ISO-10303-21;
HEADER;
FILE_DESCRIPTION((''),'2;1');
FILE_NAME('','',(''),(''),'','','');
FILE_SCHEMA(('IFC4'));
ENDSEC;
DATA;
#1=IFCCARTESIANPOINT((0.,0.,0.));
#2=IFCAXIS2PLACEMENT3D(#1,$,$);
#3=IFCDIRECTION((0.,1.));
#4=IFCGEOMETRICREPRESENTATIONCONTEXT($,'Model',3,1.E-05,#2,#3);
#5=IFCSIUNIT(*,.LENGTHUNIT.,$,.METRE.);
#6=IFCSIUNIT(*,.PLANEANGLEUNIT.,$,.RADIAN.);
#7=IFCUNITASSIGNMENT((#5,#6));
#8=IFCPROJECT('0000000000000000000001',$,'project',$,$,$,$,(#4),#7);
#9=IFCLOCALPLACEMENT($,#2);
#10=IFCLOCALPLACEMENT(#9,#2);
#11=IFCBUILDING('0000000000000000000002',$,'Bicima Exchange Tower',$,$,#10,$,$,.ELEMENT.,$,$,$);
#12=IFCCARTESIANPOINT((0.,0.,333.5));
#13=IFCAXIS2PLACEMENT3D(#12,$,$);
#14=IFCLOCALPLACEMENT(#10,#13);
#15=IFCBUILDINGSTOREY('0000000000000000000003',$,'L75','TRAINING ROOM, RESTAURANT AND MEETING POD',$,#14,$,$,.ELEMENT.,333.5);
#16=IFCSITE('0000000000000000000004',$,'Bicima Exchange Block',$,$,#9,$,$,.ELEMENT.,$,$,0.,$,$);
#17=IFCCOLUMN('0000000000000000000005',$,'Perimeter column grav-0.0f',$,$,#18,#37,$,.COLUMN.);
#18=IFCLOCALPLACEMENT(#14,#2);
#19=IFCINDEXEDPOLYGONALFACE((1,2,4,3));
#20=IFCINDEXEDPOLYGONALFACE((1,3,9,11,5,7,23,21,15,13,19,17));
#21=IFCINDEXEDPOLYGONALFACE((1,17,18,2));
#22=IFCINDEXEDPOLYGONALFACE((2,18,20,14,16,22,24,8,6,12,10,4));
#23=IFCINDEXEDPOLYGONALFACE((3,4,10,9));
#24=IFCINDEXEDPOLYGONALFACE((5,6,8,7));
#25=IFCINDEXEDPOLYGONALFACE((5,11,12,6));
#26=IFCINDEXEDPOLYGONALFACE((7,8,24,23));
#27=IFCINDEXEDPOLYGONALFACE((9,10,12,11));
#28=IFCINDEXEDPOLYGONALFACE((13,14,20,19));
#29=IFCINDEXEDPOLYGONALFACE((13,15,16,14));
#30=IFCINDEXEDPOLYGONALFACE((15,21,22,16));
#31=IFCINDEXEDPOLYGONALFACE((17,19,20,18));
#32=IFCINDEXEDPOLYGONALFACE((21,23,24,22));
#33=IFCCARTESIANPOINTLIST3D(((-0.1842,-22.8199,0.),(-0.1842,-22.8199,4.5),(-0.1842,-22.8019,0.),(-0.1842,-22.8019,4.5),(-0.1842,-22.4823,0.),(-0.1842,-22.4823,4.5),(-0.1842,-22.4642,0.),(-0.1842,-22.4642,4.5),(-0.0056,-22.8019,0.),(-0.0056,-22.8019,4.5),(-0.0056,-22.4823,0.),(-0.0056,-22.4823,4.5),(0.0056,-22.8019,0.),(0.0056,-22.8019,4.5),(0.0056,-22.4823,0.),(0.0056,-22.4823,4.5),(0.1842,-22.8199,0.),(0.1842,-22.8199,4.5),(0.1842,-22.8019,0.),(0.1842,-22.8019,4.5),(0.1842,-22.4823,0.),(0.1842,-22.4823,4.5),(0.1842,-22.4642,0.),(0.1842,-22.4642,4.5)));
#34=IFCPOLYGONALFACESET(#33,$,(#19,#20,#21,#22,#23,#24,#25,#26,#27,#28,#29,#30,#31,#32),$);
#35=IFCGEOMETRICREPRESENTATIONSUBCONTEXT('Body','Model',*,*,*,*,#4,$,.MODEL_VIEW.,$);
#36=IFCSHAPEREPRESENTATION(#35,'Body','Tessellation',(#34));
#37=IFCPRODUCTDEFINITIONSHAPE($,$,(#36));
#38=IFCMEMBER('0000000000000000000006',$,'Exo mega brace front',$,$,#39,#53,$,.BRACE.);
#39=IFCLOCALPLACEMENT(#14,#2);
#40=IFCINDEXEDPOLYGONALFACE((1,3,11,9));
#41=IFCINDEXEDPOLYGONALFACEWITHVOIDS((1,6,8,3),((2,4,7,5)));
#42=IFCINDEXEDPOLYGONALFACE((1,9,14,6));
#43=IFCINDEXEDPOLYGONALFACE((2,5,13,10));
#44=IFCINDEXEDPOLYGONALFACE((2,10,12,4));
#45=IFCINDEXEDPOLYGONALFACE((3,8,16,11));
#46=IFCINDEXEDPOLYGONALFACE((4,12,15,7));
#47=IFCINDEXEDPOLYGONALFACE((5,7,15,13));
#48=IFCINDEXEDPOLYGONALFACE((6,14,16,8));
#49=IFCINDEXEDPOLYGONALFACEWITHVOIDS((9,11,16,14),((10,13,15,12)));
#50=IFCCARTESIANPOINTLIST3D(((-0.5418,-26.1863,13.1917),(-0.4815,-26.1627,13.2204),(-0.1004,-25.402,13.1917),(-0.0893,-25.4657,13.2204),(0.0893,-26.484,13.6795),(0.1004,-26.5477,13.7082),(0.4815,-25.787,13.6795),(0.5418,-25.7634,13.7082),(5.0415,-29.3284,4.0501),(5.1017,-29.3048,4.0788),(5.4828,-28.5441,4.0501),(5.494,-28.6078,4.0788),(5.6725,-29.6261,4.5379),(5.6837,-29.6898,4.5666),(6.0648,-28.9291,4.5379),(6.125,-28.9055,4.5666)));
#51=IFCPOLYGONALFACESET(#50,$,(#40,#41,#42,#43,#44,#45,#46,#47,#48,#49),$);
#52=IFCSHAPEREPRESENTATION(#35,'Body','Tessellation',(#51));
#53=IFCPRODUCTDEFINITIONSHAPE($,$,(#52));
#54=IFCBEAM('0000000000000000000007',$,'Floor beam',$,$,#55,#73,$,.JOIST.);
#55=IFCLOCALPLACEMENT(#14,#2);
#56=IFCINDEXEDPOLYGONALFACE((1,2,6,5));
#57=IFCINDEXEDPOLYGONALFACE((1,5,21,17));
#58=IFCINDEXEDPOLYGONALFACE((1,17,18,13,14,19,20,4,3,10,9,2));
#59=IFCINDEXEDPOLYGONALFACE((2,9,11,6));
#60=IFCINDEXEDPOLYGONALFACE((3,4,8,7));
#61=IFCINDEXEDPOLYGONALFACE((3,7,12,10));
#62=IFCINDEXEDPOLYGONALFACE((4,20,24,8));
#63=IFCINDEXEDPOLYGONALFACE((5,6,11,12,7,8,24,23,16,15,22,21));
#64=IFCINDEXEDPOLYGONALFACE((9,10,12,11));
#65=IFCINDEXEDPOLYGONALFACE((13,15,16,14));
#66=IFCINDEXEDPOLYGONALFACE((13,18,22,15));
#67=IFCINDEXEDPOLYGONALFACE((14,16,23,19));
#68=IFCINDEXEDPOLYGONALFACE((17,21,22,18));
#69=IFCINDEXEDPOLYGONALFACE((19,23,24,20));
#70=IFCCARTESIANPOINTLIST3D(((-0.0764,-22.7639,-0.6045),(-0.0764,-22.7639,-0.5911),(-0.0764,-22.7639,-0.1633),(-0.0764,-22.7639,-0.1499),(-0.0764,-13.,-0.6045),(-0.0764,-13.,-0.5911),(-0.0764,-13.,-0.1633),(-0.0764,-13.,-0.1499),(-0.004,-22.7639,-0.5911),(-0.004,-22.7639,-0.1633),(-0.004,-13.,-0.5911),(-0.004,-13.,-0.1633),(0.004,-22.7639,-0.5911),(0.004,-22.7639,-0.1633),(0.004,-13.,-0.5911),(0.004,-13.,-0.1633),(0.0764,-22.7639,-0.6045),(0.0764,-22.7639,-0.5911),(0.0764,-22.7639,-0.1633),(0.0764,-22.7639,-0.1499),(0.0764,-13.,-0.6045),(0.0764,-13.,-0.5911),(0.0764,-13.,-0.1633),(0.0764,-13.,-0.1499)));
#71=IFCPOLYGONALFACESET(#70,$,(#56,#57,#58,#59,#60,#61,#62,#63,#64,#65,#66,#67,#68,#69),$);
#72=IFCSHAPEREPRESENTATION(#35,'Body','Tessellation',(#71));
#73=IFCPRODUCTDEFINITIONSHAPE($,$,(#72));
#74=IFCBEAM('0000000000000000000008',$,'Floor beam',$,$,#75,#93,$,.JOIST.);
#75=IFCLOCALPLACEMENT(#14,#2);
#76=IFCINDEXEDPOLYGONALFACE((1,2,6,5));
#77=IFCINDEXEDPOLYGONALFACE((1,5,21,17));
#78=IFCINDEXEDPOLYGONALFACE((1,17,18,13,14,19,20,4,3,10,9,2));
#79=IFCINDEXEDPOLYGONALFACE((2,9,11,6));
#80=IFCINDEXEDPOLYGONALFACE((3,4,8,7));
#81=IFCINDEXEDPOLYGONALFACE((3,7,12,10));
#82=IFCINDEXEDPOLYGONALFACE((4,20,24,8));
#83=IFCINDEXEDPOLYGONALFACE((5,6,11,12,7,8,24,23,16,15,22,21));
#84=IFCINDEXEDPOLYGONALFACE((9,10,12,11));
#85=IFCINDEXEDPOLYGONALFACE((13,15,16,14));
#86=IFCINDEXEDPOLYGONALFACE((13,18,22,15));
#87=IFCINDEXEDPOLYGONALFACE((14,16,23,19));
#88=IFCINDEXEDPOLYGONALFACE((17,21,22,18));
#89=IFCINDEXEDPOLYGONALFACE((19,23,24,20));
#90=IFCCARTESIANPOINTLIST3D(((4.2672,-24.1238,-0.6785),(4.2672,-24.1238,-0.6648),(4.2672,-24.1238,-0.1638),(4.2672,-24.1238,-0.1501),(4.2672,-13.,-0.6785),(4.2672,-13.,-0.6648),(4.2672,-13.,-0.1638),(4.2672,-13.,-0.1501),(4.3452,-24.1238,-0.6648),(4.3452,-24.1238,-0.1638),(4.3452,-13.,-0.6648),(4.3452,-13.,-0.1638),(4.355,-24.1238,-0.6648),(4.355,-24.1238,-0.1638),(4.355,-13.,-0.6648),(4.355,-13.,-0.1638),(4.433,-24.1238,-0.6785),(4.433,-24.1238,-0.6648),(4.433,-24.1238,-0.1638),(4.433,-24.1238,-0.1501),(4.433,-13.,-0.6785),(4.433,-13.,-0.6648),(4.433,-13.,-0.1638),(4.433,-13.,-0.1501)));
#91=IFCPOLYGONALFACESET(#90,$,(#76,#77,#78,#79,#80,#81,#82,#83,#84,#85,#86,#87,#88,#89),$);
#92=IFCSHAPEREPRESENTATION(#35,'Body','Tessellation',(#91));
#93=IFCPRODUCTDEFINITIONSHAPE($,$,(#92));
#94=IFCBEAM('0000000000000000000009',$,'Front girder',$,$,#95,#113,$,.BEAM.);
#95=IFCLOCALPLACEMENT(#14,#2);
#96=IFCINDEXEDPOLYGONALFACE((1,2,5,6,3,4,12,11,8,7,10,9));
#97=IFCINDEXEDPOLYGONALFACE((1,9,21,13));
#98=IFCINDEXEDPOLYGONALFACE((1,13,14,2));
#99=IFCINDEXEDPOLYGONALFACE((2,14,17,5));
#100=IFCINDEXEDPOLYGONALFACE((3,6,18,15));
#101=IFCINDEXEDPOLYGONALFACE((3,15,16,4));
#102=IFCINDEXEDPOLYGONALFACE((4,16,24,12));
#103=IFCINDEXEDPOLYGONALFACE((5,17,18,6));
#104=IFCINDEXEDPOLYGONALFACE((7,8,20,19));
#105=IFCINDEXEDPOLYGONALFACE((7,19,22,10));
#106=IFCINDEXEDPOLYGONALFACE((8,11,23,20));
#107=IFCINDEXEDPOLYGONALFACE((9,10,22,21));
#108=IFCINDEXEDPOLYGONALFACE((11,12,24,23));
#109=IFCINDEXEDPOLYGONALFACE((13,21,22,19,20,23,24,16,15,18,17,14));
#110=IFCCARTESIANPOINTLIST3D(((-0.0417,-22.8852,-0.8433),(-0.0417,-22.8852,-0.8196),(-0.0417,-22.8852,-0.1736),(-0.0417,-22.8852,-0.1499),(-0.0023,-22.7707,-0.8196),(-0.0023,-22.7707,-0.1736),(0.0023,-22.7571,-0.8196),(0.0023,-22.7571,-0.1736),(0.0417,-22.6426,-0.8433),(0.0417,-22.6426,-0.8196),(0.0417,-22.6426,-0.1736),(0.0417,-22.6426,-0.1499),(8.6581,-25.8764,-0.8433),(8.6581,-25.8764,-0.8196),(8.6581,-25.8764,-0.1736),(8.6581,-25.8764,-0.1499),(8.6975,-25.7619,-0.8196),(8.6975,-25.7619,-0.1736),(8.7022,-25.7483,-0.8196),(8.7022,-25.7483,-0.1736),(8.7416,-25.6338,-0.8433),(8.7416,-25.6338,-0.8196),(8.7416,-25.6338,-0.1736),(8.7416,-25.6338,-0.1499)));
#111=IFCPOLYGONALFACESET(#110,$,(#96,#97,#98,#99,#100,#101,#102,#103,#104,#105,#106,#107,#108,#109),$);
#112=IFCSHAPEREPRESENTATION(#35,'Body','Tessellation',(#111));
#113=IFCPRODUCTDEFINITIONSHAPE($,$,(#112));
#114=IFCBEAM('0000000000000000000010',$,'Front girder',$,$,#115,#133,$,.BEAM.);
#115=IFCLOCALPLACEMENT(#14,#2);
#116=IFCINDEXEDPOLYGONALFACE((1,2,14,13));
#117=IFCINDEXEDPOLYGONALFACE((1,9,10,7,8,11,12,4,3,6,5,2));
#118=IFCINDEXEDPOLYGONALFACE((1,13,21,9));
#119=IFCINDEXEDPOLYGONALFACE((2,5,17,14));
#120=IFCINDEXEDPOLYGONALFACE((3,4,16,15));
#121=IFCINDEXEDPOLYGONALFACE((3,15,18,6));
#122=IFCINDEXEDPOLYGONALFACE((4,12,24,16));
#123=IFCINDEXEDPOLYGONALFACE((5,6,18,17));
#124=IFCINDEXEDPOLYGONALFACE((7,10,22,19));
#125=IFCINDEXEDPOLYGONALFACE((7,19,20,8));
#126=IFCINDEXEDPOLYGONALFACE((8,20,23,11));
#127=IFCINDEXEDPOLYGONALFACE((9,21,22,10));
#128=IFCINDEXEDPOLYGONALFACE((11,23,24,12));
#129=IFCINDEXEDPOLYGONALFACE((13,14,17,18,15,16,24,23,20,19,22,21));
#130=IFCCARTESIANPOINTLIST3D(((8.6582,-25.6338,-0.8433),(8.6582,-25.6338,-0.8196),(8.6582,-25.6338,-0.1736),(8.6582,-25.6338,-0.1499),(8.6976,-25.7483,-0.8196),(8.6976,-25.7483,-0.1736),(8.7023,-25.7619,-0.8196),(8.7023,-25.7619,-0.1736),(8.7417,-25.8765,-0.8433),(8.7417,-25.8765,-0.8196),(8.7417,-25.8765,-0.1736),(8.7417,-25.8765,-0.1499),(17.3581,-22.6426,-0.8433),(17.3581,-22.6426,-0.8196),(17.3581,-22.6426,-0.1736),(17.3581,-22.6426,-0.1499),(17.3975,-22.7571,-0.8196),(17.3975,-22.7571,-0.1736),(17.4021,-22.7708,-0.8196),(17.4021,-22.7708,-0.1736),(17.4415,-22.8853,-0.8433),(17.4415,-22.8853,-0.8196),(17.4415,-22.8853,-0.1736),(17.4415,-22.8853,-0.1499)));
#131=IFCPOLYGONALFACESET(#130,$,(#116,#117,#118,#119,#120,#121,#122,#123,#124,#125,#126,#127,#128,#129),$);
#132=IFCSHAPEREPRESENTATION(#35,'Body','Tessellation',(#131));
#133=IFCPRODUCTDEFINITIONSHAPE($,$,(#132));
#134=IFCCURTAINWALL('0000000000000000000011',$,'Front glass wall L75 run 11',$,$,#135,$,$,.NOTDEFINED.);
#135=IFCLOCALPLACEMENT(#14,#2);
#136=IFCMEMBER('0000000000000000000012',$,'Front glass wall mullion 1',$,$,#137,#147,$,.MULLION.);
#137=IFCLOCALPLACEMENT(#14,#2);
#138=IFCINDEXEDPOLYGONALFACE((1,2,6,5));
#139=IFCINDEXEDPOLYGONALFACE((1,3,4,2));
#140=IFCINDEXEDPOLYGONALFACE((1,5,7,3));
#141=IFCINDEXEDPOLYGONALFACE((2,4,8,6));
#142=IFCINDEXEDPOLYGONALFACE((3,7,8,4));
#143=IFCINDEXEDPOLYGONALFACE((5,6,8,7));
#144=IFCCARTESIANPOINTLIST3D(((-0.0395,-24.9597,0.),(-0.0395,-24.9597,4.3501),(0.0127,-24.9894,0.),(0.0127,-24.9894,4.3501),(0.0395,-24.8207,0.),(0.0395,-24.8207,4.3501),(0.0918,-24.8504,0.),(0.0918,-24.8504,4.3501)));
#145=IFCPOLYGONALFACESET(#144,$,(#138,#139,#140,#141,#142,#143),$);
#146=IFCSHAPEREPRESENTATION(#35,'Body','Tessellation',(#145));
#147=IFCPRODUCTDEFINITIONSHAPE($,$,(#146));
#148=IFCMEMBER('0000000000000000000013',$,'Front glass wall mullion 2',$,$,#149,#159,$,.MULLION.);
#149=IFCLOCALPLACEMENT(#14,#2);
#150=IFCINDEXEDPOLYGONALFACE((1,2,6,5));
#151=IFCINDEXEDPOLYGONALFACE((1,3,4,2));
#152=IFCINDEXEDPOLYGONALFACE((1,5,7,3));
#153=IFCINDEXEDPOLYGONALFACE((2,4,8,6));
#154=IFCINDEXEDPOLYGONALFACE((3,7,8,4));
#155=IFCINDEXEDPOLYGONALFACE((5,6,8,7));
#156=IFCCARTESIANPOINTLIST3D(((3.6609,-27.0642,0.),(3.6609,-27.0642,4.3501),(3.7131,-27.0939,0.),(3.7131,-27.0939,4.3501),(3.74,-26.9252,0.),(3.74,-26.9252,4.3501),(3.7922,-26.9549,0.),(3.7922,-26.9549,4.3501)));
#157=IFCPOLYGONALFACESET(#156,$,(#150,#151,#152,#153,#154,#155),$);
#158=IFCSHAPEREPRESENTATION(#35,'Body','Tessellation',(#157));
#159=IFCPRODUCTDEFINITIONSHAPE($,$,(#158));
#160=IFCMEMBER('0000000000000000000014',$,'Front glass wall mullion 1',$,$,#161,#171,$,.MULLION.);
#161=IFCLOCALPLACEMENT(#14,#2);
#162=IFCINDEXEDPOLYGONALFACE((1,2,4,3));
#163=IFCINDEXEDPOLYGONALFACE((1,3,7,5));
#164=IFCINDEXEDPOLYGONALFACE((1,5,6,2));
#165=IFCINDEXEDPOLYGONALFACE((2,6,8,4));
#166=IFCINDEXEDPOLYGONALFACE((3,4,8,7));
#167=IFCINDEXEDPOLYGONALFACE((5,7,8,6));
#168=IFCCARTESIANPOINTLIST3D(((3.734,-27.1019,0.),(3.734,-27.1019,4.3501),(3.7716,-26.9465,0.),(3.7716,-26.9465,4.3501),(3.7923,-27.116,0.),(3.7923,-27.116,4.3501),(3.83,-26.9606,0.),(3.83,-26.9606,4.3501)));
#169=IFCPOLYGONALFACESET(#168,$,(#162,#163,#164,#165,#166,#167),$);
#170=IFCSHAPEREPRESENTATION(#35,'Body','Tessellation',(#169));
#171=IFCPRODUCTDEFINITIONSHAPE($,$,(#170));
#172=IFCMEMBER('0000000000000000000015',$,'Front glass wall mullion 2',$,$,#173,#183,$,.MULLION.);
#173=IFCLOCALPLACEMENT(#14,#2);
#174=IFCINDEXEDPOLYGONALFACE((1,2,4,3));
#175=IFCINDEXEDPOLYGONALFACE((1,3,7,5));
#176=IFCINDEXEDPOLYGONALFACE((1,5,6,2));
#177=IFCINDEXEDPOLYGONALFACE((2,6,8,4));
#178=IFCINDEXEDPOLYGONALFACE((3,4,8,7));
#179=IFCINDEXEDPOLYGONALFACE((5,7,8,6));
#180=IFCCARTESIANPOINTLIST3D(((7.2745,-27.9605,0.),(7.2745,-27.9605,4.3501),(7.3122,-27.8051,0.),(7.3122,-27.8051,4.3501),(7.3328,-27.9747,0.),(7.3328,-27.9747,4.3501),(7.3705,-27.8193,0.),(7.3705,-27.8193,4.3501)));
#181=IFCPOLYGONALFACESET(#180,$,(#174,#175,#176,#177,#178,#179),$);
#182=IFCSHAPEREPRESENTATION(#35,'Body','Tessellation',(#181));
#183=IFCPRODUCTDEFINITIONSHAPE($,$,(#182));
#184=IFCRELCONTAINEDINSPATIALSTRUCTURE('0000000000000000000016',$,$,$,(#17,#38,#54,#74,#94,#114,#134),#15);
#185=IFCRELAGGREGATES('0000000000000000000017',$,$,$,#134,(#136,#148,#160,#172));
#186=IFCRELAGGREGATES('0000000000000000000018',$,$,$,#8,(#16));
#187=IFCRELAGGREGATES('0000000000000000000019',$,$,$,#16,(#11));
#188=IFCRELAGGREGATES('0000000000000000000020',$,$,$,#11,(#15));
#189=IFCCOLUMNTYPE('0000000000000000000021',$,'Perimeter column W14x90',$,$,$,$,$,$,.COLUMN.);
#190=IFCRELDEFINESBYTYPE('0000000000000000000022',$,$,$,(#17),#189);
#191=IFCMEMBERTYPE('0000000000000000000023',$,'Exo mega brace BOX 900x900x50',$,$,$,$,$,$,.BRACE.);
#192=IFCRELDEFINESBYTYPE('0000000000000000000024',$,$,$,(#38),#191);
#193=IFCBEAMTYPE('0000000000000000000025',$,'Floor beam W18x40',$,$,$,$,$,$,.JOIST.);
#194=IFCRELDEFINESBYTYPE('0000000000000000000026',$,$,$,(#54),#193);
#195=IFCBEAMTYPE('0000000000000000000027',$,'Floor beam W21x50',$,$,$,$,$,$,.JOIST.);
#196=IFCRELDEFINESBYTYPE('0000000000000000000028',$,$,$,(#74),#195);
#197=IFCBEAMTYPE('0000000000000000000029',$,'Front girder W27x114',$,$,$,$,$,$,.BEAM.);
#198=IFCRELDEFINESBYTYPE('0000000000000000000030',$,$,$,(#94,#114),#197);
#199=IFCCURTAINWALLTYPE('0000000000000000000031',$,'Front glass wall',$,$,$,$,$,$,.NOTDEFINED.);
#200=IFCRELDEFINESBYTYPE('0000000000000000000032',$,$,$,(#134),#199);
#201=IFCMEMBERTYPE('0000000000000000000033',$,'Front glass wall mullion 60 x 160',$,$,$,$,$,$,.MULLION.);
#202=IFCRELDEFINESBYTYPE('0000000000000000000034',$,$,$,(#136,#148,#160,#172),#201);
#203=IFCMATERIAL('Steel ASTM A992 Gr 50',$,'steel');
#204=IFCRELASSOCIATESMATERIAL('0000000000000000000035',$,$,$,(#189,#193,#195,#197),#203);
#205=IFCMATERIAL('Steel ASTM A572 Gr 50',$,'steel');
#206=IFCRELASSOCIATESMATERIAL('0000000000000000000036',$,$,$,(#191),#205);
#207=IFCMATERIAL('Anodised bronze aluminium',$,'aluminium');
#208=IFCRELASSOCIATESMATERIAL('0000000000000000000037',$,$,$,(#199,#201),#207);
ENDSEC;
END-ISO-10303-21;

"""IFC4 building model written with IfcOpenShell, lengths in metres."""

from ifc_helpers import new_model, si_unit, direction, frame, origin, origin_2d, place, context, subcontext, project, spatial, rectangle, hollow_rectangle, i_section, extrude, material, material_profile, profile_set, type_object, element, aggregate, save


model = new_model("IFC4")

# Units and contexts
model_context = context("Model", 3, precision=1e-05, world=origin(), true_north=direction((0.0, 1.0)))
body_context = subcontext(model_context, "Body", "Model", "MODEL_VIEW")
ifc_project = project(units=[si_unit("LENGTHUNIT", "METRE"), si_unit("PLANEANGLEUNIT", "RADIAN")], contexts=[model_context])

# Site, building, storey
site_placement = place(None, origin())
site = spatial("IfcSite", under=ifc_project, at=site_placement, Name="Bicima Exchange Block", CompositionType="ELEMENT", RefElevation=0.0)
building_placement = place(site_placement, origin())
building = spatial("IfcBuilding", under=site, at=building_placement, Name="Bicima Exchange Tower", CompositionType="ELEMENT")
storey_placement = place(building_placement, frame((0.0, 0.0, 333.5)))
storey = spatial("IfcBuildingStorey", under=building, at=storey_placement, Name="L75", Description="TRAINING ROOM, RESTAURANT AND MEETING POD", CompositionType="ELEMENT", Elevation=333.5)

# Column
ifc_material_1 = material(Name="Steel ASTM A992 Gr 50", Category="steel")
ifc_material_profile_1 = material_profile(ifc_material_1, i_section(OverallWidth=0.3684, OverallDepth=0.3557, WebThickness=0.0112, FlangeThickness=0.0181, at=origin_2d()))
ifc_profile_set_1 = profile_set([ifc_material_profile_1], Name="Steel ASTM A992 Gr 50")
column_type = type_object("IfcColumnType", Name="Perimeter column W14x90", PredefinedType="COLUMN", material=ifc_profile_set_1)
column_placement = place(storey_placement, frame((0.0, -22.6421, 0.0), z_axis=(0.0, 0.0, 1.0), x_axis=(1.0, 0.0, 0.0)))
element("IfcColumn", 1, at=column_placement, inside=storey, type_object=column_type, Name="Perimeter column grav-0.0f", PredefinedType="COLUMN", context=body_context, shape_type="SweptSolid", body=[
    extrude(i_section(OverallWidth=0.3684, OverallDepth=0.3557, WebThickness=0.0112, FlangeThickness=0.0181, at=origin_2d()), origin(), (0.0, 0.0, 1.0), 4.5),
])

# Member
ifc_material_2 = material(Name="Steel ASTM A572 Gr 50", Category="steel")
ifc_material_profile_2 = material_profile(ifc_material_2, hollow_rectangle(XDim=0.8999, YDim=0.8999, WallThickness=0.05, at=origin_2d()))
ifc_profile_set_2 = profile_set([ifc_material_profile_2], Name="Steel ASTM A572 Gr 50")
member_type_1 = type_object("IfcMemberType", Name="Exo mega brace BOX 900x900x50", PredefinedType="BRACE", material=ifc_profile_set_2)
member_1_placement = place(storey_placement, frame((5.5833, -29.1169, 4.3083), z_axis=(-0.500153, 0.281472, 0.818914), x_axis=(-0.49044, -0.871475, 0.0)))
element("IfcMember", 2, at=member_1_placement, inside=storey, type_object=member_type_1, Name="Exo mega brace front", PredefinedType="BRACE", context=body_context, shape_type="SweptSolid", body=[
    extrude(hollow_rectangle(XDim=0.8999, YDim=0.8999, WallThickness=0.05, at=origin_2d()), origin(), (0.0, 0.0, 1.0), 11.1631),
])

# Beams
ifc_material_profile_3 = material_profile(ifc_material_1, i_section(OverallWidth=0.1528, OverallDepth=0.4546, WebThickness=0.0081, FlangeThickness=0.0134, at=origin_2d()))
ifc_profile_set_3 = profile_set([ifc_material_profile_3], Name="Steel ASTM A992 Gr 50")
beam_type_1 = type_object("IfcBeamType", Name="Floor beam W18x40", PredefinedType="JOIST", material=ifc_profile_set_3)
beam_1_placement = place(storey_placement, frame((0.0, -13.0, -0.3772), z_axis=(0.0, -1.0, 0.0), x_axis=(1.0, 0.0, 0.0)))
element("IfcBeam", 3, at=beam_1_placement, inside=storey, type_object=beam_type_1, Name="Floor beam", PredefinedType="JOIST", context=body_context, shape_type="SweptSolid", body=[
    extrude(i_section(OverallWidth=0.1528, OverallDepth=0.4546, WebThickness=0.0081, FlangeThickness=0.0134, at=origin_2d()), origin(), (0.0, 0.0, 1.0), 9.7639),
])
ifc_material_profile_4 = material_profile(ifc_material_1, i_section(OverallWidth=0.1658, OverallDepth=0.5283, WebThickness=0.0098, FlangeThickness=0.0137, at=origin_2d()))
ifc_profile_set_4 = profile_set([ifc_material_profile_4], Name="Steel ASTM A992 Gr 50")
beam_type_2 = type_object("IfcBeamType", Name="Floor beam W21x50", PredefinedType="JOIST", material=ifc_profile_set_4)
beam_2_placement = place(storey_placement, frame((4.3501, -13.0, -0.4143), z_axis=(0.0, -1.0, 0.0), x_axis=(1.0, 0.0, 0.0)))
element("IfcBeam", 4, at=beam_2_placement, inside=storey, type_object=beam_type_2, Name="Floor beam", PredefinedType="JOIST", context=body_context, shape_type="SweptSolid", body=[
    extrude(i_section(OverallWidth=0.1658, OverallDepth=0.5283, WebThickness=0.0098, FlangeThickness=0.0137, at=origin_2d()), origin(), (0.0, 0.0, 1.0), 11.1238),
])
ifc_material_profile_5 = material_profile(ifc_material_1, i_section(OverallWidth=0.2566, OverallDepth=0.6934, WebThickness=0.0144, FlangeThickness=0.0237, at=origin_2d()))
ifc_profile_set_5 = profile_set([ifc_material_profile_5], Name="Steel ASTM A992 Gr 50")
beam_type_3 = type_object("IfcBeamType", Name="Front girder W27x114", PredefinedType="BEAM", material=ifc_profile_set_5)
for number, where, z_axis, x_axis, name in (
    (5, (0.0, -22.7639, -0.4966), (0.945666, -0.325138, 0.0), (0.325138, 0.945666, 0.0), "Front girder"),
    (6, (8.7, -25.7551, -0.4966), (0.945666, 0.325138, 0.0), (-0.325138, 0.945666, 0.0), "Front girder"),
):
    element("IfcBeam", number, at=place(storey_placement, frame(where, z_axis=z_axis, x_axis=x_axis)), inside=storey, type_object=beam_type_3, Name=name, PredefinedType="BEAM", context=body_context, shape_type="SweptSolid", body=[
        extrude(i_section(OverallWidth=0.2566, OverallDepth=0.6934, WebThickness=0.0144, FlangeThickness=0.0237, at=origin_2d()), origin(), (0.0, 0.0, 1.0), 9.1997),
    ])

# Curtain wall, members
ifc_material_3 = material(Name="Anodised bronze aluminium", Category="aluminium")
curtain_wall_type = type_object("IfcCurtainWallType", Name="Front glass wall", PredefinedType="NOTDEFINED", material=ifc_material_3)
curtain_wall_placement = place(storey_placement, origin())
curtain_wall = element("IfcCurtainWall", 7, at=curtain_wall_placement, inside=storey, type_object=curtain_wall_type, Name="Front glass wall L75 run 11", PredefinedType="NOTDEFINED")
ifc_material_profile_6 = material_profile(ifc_material_3, rectangle(XDim=0.1599, YDim=0.0601, at=origin_2d()))
ifc_profile_set_6 = profile_set([ifc_material_profile_6], Name="Anodised bronze aluminium")
member_type_2 = type_object("IfcMemberType", Name="Front glass wall mullion 60 x 160", PredefinedType="MULLION", material=ifc_profile_set_6)
member_2_placement = place(storey_placement, frame((0.0261, -24.905, 0.0), z_axis=(0.0, 0.0, 1.0), x_axis=(0.49433, 0.869274, 0.0)))
member_2 = element("IfcMember", 8, at=member_2_placement, type_object=member_type_2, Name="Front glass wall mullion 1", PredefinedType="MULLION", context=body_context, shape_type="SweptSolid", body=[
    extrude(rectangle(XDim=0.1599, YDim=0.0601, at=origin_2d()), origin(), (0.0, 0.0, 1.0), 4.3501),
])
member_3_placement = place(storey_placement, frame((3.7266, -27.0095, 0.0), z_axis=(0.0, 0.0, 1.0), x_axis=(0.49433, 0.869274, 0.0)))
member_3 = element("IfcMember", 9, at=member_3_placement, type_object=member_type_2, Name="Front glass wall mullion 2", PredefinedType="MULLION", context=body_context, shape_type="SweptSolid", body=[
    extrude(rectangle(XDim=0.1599, YDim=0.0601, at=origin_2d()), origin(), (0.0, 0.0, 1.0), 4.3501),
])
member_4_placement = place(storey_placement, frame((3.782, -27.0312, 0.0), z_axis=(0.0, 0.0, 1.0), x_axis=(0.235682, 0.97183, 0.0)))
member_4 = element("IfcMember", 10, at=member_4_placement, type_object=member_type_2, Name="Front glass wall mullion 1", PredefinedType="MULLION", context=body_context, shape_type="SweptSolid", body=[
    extrude(rectangle(XDim=0.1599, YDim=0.0601, at=origin_2d()), origin(), (0.0, 0.0, 1.0), 4.3501),
])
member_5_placement = place(storey_placement, frame((7.3225, -27.8899, 0.0), z_axis=(0.0, 0.0, 1.0), x_axis=(0.235682, 0.97183, 0.0)))
member_5 = element("IfcMember", 11, at=member_5_placement, type_object=member_type_2, Name="Front glass wall mullion 2", PredefinedType="MULLION", context=body_context, shape_type="SweptSolid", body=[
    extrude(rectangle(XDim=0.1599, YDim=0.0601, at=origin_2d()), origin(), (0.0, 0.0, 1.0), 4.3501),
])

aggregate(curtain_wall, [member_2, member_3, member_4, member_5])

save(model, "model.ifc")
